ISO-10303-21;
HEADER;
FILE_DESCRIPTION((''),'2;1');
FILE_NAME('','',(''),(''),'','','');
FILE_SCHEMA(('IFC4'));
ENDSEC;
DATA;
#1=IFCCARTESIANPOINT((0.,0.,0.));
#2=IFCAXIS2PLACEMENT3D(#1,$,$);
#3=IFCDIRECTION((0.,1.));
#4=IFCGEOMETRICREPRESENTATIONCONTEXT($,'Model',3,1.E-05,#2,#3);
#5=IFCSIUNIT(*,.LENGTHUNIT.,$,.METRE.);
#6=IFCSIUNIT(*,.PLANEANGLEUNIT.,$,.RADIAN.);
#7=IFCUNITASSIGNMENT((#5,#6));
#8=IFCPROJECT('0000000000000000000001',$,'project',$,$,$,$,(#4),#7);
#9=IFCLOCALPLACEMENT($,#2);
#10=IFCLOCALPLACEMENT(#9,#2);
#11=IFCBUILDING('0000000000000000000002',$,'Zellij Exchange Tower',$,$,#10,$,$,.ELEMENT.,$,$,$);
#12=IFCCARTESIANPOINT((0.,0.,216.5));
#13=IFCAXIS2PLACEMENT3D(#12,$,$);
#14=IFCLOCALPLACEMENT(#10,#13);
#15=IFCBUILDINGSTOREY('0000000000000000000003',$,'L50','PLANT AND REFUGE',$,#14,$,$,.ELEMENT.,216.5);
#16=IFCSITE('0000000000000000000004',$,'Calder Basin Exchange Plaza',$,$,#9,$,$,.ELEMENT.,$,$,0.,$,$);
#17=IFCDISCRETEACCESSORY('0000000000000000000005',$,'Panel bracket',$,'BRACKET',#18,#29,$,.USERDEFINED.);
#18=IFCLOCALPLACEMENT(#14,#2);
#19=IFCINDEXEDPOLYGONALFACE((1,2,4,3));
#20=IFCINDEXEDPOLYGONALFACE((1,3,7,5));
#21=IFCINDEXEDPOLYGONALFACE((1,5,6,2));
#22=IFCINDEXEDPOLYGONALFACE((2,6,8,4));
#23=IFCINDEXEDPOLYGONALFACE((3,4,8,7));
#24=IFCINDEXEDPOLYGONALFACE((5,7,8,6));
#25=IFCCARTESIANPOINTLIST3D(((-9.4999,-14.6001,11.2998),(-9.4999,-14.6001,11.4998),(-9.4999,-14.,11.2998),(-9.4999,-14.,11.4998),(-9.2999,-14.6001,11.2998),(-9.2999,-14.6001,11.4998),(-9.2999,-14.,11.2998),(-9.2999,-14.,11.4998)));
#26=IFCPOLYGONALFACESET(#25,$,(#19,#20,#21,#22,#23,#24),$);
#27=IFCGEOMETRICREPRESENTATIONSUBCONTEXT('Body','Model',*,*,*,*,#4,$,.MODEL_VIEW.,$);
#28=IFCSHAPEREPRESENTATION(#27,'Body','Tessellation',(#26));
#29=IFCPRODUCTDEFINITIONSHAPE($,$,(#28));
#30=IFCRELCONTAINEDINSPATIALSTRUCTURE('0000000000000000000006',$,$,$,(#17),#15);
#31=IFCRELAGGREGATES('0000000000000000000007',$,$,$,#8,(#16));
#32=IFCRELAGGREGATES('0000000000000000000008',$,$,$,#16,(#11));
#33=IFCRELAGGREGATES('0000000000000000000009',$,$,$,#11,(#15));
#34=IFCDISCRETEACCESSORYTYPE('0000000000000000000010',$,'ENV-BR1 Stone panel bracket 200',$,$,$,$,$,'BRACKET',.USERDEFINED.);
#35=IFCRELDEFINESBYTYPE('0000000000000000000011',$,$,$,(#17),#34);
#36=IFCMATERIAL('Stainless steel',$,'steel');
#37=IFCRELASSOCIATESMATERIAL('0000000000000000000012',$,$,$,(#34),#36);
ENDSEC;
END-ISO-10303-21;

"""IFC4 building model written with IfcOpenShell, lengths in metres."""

from ifc_helpers import new_model, si_unit, direction, frame, origin, origin_2d, place, context, subcontext, project, spatial, rectangle, extrude, material, type_object, element, save


model = new_model("IFC4")

# Units and contexts
model_context = context("Model", 3, precision=1e-05, world=origin(), true_north=direction((0.0, 1.0)))
body_context = subcontext(model_context, "Body", "Model", "MODEL_VIEW")
ifc_project = project(units=[si_unit("LENGTHUNIT", "METRE"), si_unit("PLANEANGLEUNIT", "RADIAN")], contexts=[model_context])

# Site, building, storey
site_placement = place(None, origin())
site = spatial("IfcSite", under=ifc_project, at=site_placement, Name="Calder Basin Exchange Plaza", CompositionType="ELEMENT", RefElevation=0.0)
building_placement = place(site_placement, origin())
building = spatial("IfcBuilding", under=site, at=building_placement, Name="Zellij Exchange Tower", CompositionType="ELEMENT")
storey_placement = place(building_placement, frame((0.0, 0.0, 216.5)))
storey = spatial("IfcBuildingStorey", under=building, at=storey_placement, Name="L50", Description="PLANT AND REFUGE", CompositionType="ELEMENT", Elevation=216.5)

# Shared definitions
ifc_material_1 = material(Name="Stainless steel", Category="steel")

# Discrete accessory
discrete_accessory_type = type_object("IfcDiscreteAccessoryType", Name="ENV-BR1 Stone panel bracket 200", ElementType="BRACKET", PredefinedType="USERDEFINED", material=ifc_material_1)
for number, where, z_axis, x_axis, name in (
    (1, (-9.3999, -14.3, 11.2998), (0.0, 0.0, 1.0), (1.0, 0.0, 0.0), "Panel bracket"),
):
    element("IfcDiscreteAccessory", number, at=place(storey_placement, frame(where, z_axis=z_axis, x_axis=x_axis)), inside=storey, type_object=discrete_accessory_type, Name=name, ObjectType="BRACKET", PredefinedType="USERDEFINED", context=body_context, shape_type="SweptSolid", body=[
        extrude(rectangle(XDim=0.2, YDim=0.6001, at=origin_2d()), origin(), (0.0, 0.0, 1.0), 0.2),
    ])

save(model, "model.ifc")
